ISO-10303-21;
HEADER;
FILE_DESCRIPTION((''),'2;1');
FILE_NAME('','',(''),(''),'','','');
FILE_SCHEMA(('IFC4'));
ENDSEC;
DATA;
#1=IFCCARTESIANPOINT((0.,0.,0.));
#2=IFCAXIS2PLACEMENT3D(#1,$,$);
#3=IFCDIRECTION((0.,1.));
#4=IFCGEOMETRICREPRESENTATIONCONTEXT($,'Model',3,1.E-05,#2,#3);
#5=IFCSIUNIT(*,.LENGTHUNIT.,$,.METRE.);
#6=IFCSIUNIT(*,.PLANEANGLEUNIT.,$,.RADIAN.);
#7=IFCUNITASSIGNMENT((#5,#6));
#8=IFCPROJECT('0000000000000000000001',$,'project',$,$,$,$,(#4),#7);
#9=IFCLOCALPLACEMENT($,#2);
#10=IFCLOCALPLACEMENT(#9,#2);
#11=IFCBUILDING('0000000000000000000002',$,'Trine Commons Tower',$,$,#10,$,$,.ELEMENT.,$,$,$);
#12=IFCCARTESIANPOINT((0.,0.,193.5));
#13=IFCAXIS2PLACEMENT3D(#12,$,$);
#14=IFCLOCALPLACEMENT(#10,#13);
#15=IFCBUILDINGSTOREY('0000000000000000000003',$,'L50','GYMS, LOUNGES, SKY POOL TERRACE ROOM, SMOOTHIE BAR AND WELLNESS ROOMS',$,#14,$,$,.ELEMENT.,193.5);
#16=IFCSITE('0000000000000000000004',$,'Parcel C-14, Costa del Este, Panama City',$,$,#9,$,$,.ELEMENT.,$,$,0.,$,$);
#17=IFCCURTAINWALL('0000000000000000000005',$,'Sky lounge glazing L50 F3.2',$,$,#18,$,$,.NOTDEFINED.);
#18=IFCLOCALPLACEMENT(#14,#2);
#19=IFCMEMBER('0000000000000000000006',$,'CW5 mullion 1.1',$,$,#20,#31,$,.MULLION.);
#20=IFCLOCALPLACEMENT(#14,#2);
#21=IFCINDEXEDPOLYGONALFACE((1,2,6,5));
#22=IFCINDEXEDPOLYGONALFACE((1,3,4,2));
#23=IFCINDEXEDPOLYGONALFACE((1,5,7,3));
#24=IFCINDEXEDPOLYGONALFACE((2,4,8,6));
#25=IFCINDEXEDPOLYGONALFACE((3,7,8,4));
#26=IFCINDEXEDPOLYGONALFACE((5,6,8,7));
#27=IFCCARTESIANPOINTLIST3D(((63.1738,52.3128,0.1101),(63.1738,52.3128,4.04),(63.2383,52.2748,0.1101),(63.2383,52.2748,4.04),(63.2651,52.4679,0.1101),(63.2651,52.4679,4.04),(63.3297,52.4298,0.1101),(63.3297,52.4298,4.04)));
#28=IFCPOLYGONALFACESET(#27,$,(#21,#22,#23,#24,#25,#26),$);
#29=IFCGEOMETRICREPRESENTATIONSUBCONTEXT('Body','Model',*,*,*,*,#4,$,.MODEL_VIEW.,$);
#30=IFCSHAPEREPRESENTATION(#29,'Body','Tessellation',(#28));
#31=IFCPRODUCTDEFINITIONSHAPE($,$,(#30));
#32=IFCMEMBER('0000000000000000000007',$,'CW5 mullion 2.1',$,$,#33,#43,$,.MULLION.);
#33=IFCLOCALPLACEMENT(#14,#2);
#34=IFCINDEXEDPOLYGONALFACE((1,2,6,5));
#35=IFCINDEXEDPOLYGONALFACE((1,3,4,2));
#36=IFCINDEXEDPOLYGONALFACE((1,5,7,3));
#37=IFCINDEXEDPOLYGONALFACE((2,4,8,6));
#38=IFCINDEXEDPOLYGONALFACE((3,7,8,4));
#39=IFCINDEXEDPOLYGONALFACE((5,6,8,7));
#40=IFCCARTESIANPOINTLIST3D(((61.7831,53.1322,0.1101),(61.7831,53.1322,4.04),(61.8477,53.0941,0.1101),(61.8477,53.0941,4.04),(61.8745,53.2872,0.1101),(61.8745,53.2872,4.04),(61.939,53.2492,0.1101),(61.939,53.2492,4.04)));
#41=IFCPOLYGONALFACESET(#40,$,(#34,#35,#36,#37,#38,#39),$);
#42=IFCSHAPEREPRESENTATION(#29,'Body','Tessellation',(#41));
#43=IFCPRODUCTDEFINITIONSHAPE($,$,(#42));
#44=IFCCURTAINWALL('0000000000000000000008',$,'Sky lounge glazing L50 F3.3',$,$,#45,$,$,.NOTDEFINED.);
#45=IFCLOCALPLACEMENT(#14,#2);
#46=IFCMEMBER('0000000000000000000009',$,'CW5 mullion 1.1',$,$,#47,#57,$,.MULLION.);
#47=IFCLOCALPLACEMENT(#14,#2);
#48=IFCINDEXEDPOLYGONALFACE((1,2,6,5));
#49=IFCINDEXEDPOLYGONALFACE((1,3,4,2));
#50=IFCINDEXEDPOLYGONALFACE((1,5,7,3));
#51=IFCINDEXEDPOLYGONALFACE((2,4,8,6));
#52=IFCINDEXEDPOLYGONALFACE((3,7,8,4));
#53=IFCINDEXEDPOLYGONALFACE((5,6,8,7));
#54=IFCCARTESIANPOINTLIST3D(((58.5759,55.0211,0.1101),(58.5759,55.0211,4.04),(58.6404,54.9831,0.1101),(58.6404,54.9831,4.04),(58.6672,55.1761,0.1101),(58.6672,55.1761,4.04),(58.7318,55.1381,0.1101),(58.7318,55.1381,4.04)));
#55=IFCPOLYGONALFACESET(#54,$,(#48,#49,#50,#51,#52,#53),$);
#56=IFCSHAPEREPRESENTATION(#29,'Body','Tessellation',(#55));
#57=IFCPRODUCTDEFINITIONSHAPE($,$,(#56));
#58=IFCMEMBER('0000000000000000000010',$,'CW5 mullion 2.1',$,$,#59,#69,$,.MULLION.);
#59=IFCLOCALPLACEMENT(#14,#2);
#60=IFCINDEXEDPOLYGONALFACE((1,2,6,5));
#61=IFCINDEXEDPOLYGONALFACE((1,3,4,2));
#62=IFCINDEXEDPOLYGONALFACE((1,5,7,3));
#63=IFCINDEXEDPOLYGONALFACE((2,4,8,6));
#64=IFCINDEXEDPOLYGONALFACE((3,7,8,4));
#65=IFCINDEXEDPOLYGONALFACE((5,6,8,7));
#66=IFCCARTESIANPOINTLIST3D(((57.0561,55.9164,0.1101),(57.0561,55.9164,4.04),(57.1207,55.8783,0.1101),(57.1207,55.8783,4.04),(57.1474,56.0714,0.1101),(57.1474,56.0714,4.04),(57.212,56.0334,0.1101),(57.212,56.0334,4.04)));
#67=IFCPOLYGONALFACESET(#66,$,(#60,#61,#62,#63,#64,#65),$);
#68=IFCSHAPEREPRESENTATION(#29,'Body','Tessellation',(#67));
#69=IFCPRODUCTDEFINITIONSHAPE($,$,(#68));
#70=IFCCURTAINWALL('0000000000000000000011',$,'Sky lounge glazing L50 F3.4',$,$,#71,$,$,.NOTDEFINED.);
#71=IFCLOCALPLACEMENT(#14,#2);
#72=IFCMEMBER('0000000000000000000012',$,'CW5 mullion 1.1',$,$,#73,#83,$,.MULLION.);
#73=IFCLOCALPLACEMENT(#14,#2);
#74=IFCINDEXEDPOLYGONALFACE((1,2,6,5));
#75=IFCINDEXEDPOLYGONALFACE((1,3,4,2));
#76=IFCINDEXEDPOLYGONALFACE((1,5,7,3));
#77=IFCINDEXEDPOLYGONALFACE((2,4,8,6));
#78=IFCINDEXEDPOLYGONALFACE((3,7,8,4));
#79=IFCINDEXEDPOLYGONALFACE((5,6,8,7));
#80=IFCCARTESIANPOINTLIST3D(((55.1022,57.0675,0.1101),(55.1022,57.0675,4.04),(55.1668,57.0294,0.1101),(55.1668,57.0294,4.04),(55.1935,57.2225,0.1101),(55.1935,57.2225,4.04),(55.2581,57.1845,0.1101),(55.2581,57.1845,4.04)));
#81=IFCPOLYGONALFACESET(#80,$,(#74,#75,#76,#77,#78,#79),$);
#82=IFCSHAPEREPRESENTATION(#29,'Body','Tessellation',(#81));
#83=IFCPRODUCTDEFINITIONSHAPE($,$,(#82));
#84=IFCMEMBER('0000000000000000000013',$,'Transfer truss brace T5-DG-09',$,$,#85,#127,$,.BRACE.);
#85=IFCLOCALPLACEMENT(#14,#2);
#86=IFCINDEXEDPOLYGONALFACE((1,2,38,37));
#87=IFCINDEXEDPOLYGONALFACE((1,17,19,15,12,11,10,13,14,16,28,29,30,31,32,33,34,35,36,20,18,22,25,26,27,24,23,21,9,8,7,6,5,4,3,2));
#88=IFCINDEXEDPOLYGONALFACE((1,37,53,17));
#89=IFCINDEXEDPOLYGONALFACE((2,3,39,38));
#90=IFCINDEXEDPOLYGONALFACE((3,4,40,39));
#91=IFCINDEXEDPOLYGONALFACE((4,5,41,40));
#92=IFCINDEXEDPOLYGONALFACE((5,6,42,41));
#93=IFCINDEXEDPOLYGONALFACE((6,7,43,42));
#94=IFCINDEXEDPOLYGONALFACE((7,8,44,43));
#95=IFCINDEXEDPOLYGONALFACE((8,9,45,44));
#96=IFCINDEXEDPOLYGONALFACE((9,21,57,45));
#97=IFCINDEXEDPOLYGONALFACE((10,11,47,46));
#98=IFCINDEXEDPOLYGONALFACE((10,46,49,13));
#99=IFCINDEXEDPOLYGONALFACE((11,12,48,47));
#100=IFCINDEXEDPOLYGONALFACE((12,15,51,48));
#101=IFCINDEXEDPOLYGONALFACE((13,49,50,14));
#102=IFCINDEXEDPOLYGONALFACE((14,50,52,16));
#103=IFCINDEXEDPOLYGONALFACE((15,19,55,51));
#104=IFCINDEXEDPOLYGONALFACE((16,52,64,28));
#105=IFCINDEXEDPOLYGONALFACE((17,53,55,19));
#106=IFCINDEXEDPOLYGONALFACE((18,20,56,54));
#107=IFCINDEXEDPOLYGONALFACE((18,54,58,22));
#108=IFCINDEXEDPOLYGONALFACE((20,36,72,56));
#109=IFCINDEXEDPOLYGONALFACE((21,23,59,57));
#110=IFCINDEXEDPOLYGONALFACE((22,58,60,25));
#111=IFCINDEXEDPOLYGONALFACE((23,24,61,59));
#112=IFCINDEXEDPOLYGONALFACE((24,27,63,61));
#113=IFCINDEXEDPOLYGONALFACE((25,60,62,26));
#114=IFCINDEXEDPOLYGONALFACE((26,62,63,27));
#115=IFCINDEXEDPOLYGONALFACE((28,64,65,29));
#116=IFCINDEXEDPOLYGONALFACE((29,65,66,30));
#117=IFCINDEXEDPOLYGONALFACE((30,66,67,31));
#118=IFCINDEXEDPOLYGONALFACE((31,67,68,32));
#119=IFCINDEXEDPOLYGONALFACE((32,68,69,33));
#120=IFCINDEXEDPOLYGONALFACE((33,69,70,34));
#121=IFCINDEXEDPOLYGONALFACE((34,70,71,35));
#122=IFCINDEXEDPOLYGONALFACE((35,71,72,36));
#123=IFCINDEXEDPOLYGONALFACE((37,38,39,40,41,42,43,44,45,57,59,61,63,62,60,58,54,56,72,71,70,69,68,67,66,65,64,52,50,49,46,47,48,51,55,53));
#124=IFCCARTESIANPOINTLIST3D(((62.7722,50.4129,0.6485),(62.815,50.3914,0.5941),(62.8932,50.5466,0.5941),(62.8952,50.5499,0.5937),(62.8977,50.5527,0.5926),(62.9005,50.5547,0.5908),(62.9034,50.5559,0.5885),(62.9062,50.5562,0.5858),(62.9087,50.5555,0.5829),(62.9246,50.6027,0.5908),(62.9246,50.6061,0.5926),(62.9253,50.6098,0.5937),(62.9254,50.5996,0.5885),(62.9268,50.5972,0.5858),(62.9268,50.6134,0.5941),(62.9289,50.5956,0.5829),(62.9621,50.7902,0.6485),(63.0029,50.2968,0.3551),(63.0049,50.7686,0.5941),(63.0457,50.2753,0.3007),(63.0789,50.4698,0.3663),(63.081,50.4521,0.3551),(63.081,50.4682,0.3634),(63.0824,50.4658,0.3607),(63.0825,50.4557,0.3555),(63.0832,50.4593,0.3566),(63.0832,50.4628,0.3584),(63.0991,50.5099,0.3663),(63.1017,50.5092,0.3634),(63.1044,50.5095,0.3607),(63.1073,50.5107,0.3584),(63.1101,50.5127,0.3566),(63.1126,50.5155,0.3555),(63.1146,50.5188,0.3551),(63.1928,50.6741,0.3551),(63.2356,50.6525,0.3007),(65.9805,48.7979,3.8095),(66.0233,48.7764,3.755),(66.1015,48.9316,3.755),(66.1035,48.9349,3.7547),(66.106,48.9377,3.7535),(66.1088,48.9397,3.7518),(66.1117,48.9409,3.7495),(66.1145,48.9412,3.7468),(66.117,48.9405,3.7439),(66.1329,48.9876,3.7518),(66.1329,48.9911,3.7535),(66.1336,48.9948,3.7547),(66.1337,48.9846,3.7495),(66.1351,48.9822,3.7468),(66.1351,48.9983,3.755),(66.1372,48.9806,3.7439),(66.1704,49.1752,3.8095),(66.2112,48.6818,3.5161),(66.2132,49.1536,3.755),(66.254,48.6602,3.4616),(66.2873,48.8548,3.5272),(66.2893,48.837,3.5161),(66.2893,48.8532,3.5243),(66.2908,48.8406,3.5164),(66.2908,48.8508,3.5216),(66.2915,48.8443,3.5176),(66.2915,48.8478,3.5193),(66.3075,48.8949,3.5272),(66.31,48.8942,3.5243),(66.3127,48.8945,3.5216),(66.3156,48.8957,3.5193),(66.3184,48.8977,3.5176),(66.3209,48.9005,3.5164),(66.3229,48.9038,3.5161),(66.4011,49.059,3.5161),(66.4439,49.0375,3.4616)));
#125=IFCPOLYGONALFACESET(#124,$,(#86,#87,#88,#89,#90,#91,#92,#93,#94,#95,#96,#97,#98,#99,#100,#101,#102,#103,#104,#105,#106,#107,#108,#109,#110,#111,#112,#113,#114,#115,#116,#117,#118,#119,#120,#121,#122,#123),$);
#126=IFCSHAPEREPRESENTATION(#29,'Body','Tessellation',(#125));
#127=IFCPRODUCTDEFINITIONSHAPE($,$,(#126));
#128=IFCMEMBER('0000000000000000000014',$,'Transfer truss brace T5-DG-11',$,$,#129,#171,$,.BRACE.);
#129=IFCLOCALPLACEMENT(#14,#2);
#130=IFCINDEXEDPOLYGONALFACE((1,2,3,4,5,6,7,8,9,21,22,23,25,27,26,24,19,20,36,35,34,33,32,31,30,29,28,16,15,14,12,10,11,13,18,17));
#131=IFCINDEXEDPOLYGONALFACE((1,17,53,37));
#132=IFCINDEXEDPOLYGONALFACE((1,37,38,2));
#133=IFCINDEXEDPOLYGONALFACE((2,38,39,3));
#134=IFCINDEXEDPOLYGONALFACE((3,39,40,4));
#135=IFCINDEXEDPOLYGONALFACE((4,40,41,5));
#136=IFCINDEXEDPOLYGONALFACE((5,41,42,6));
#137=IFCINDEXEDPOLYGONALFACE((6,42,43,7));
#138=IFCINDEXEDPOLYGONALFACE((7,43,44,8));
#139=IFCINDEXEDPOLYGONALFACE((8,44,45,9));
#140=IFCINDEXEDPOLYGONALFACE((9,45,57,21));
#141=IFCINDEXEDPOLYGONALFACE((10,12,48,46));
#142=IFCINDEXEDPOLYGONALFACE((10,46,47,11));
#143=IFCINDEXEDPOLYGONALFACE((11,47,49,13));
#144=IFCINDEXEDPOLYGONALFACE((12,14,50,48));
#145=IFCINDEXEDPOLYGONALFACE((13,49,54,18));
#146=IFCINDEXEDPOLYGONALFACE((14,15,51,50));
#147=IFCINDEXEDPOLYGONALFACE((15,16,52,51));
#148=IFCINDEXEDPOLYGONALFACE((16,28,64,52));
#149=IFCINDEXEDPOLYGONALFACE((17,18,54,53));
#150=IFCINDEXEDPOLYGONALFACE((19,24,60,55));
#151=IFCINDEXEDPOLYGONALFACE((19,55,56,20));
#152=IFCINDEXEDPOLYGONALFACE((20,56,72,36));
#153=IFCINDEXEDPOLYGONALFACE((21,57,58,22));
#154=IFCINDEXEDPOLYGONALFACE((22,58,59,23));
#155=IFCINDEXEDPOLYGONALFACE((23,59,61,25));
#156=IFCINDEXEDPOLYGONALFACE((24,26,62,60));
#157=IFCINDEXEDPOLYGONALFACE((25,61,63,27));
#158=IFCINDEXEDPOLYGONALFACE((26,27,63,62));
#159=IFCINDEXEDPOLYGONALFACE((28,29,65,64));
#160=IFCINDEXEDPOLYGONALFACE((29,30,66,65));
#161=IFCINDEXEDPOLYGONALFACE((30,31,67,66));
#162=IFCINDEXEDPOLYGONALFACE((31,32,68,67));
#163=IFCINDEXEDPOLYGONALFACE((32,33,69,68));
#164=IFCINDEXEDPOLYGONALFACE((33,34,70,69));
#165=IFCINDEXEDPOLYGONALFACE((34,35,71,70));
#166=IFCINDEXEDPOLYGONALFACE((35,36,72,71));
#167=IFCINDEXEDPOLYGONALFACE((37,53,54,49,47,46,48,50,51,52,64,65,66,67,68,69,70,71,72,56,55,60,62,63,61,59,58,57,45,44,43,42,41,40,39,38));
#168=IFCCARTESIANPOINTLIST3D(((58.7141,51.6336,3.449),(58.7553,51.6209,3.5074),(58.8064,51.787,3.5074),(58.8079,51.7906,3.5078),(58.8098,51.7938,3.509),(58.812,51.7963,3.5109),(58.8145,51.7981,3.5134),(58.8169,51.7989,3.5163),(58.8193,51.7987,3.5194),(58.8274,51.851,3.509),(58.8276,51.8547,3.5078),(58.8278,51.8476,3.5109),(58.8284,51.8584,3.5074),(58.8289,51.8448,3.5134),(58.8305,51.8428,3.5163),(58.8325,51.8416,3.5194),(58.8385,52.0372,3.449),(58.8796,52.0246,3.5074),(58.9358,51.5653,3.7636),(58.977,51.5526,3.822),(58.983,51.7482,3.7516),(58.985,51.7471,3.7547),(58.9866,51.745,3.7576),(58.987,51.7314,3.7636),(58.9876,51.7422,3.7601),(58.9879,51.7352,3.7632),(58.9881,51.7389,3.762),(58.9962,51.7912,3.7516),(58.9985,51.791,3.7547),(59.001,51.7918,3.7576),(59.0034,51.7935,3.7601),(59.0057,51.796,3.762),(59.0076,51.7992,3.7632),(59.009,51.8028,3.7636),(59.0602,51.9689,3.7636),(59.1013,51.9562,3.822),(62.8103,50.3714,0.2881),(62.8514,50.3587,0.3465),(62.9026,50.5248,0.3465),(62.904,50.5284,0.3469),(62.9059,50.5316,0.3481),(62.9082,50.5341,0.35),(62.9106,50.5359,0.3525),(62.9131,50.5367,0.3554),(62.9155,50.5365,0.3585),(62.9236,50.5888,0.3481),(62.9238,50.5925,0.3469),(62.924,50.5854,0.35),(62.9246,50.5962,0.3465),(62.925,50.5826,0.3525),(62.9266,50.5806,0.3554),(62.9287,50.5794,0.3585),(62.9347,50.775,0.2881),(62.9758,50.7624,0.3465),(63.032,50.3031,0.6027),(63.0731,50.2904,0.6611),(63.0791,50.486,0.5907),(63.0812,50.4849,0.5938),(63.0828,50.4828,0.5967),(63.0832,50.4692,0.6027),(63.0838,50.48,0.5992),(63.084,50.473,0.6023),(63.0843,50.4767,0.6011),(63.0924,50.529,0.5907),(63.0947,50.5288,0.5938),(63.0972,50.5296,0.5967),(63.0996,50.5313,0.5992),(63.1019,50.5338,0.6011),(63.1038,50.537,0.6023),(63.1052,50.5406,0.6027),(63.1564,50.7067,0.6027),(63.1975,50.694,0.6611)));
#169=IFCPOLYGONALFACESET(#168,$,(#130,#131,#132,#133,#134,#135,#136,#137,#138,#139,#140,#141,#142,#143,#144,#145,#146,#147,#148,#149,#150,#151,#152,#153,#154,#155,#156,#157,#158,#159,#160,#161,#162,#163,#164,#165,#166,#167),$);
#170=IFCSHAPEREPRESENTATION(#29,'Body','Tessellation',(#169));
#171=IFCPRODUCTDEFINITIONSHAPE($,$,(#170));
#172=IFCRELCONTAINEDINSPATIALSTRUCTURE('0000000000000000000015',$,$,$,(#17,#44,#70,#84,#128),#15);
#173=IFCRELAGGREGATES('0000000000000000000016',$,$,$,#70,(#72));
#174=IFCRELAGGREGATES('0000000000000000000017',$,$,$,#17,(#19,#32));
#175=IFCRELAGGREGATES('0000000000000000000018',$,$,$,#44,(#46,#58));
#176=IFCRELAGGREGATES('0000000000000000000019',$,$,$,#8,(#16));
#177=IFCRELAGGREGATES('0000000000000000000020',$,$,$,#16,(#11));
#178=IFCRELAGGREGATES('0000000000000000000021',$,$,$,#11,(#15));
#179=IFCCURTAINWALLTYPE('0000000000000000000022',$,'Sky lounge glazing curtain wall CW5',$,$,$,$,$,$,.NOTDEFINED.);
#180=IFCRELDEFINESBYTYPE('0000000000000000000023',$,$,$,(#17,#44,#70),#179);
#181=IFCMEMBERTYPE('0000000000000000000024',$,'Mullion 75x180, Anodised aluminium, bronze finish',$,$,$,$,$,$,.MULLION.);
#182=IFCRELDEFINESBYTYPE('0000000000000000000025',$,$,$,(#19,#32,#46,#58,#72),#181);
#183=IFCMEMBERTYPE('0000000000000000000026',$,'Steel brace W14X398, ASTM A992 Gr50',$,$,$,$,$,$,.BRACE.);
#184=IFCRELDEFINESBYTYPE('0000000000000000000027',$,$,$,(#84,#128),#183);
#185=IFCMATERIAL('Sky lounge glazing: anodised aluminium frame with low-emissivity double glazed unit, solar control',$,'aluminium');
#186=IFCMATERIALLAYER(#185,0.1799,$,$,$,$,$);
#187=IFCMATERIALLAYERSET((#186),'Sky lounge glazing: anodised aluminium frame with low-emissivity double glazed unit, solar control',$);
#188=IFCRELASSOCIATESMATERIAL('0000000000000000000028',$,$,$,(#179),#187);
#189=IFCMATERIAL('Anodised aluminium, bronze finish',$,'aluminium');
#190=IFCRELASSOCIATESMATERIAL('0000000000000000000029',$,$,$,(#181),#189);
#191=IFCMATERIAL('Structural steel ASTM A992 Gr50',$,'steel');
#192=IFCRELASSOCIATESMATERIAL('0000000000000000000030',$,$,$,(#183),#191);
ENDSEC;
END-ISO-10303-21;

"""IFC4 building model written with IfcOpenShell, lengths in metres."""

from ifc_helpers import new_model, si_unit, direction, frame, origin, origin_2d, place, context, subcontext, project, spatial, rectangle, i_section, extrude, material, layer, layer_set, material_profile, profile_set, type_object, element, aggregate, save


model = new_model("IFC4")

# Units and contexts
model_context = context("Model", 3, precision=1e-05, world=origin(), true_north=direction((0.0, 1.0)))
body_context = subcontext(model_context, "Body", "Model", "MODEL_VIEW")
ifc_project = project(units=[si_unit("LENGTHUNIT", "METRE"), si_unit("PLANEANGLEUNIT", "RADIAN")], contexts=[model_context])

# Site, building, storey
site_placement = place(None, origin())
site = spatial("IfcSite", under=ifc_project, at=site_placement, Name="Parcel C-14, Costa del Este, Panama City", CompositionType="ELEMENT", RefElevation=0.0)
building_placement = place(site_placement, origin())
building = spatial("IfcBuilding", under=site, at=building_placement, Name="Trine Commons Tower", CompositionType="ELEMENT")
storey_placement = place(building_placement, frame((0.0, 0.0, 193.5)))
storey = spatial("IfcBuildingStorey", under=building, at=storey_placement, Name="L50", Description="GYMS, LOUNGES, SKY POOL TERRACE ROOM, SMOOTHIE BAR AND WELLNESS ROOMS", CompositionType="ELEMENT", Elevation=193.5)

# Curtain walls, members
ifc_material_1 = material(Name="Sky lounge glazing: anodised aluminium frame with low-emissivity double glazed unit, solar control", Category="aluminium")
ifc_layer_1 = layer(ifc_material_1, 0.1799)
ifc_layer_set_1 = layer_set([ifc_layer_1], Name="Sky lounge glazing: anodised aluminium frame with low-emissivity double glazed unit, solar control")
curtain_wall_type = type_object("IfcCurtainWallType", Name="Sky lounge glazing curtain wall CW5", PredefinedType="NOTDEFINED", material=ifc_layer_set_1)
curtain_wall_1_placement = place(storey_placement, origin())
curtain_wall_1 = element("IfcCurtainWall", 1, at=curtain_wall_1_placement, inside=storey, type_object=curtain_wall_type, Name="Sky lounge glazing L50 F3.2", PredefinedType="NOTDEFINED")
ifc_material_2 = material(Name="Anodised aluminium, bronze finish", Category="aluminium")
ifc_material_profile_1 = material_profile(ifc_material_2, rectangle(XDim=0.1799, YDim=0.075, at=origin_2d()), Name="Mullion 75x180")
ifc_profile_set_1 = profile_set([ifc_material_profile_1], Name="Anodised aluminium, bronze finish")
member_type_1 = type_object("IfcMemberType", Name="Mullion 75x180, Anodised aluminium, bronze finish", PredefinedType="MULLION", material=ifc_profile_set_1)
member_1_placement = place(storey_placement, frame((63.2517, 52.3713, 0.1101), z_axis=(0.0, 0.0, 1.0), x_axis=(-0.507538, -0.861629, 0.0)))
member_1 = element("IfcMember", 2, at=member_1_placement, type_object=member_type_1, Name="CW5 mullion 1.1", PredefinedType="MULLION", context=body_context, shape_type="SweptSolid", body=[
    extrude(rectangle(XDim=0.1799, YDim=0.075, at=origin_2d()), origin(), (0.0, 0.0, 1.0), 3.9299),
])
member_2_placement = place(storey_placement, frame((61.8611, 53.1907, 0.1101), z_axis=(0.0, 0.0, 1.0), x_axis=(-0.507538, -0.861629, 0.0)))
member_2 = element("IfcMember", 3, at=member_2_placement, type_object=member_type_1, Name="CW5 mullion 2.1", PredefinedType="MULLION", context=body_context, shape_type="SweptSolid", body=[
    extrude(rectangle(XDim=0.1799, YDim=0.075, at=origin_2d()), origin(), (0.0, 0.0, 1.0), 3.9299),
])
curtain_wall_2_placement = place(storey_placement, origin())
curtain_wall_2 = element("IfcCurtainWall", 4, at=curtain_wall_2_placement, inside=storey, type_object=curtain_wall_type, Name="Sky lounge glazing L50 F3.3", PredefinedType="NOTDEFINED")
member_3_placement = place(storey_placement, frame((58.6538, 55.0796, 0.1101), z_axis=(0.0, 0.0, 1.0), x_axis=(-0.507538, -0.861629, 0.0)))
member_3 = element("IfcMember", 5, at=member_3_placement, type_object=member_type_1, Name="CW5 mullion 1.1", PredefinedType="MULLION", context=body_context, shape_type="SweptSolid", body=[
    extrude(rectangle(XDim=0.1799, YDim=0.075, at=origin_2d()), origin(), (0.0, 0.0, 1.0), 3.9299),
])
member_4_placement = place(storey_placement, frame((57.134, 55.9749, 0.1101), z_axis=(0.0, 0.0, 1.0), x_axis=(-0.507538, -0.861629, 0.0)))
member_4 = element("IfcMember", 6, at=member_4_placement, type_object=member_type_1, Name="CW5 mullion 2.1", PredefinedType="MULLION", context=body_context, shape_type="SweptSolid", body=[
    extrude(rectangle(XDim=0.1799, YDim=0.075, at=origin_2d()), origin(), (0.0, 0.0, 1.0), 3.9299),
])

# Curtain wall, member
curtain_wall_3_placement = place(storey_placement, origin())
curtain_wall_3 = element("IfcCurtainWall", 7, at=curtain_wall_3_placement, inside=storey, type_object=curtain_wall_type, Name="Sky lounge glazing L50 F3.4", PredefinedType="NOTDEFINED")
member_5_placement = place(storey_placement, frame((55.1802, 57.126, 0.1101), z_axis=(0.0, 0.0, 1.0), x_axis=(-0.507538, -0.861629, 0.0)))
member_5 = element("IfcMember", 8, at=member_5_placement, type_object=member_type_1, Name="CW5 mullion 1.1", PredefinedType="MULLION", context=body_context, shape_type="SweptSolid", body=[
    extrude(rectangle(XDim=0.1799, YDim=0.075, at=origin_2d()), origin(), (0.0, 0.0, 1.0), 3.9299),
])

# Members
ifc_material_3 = material(Name="Structural steel ASTM A992 Gr50", Category="steel")
ifc_material_profile_2 = material_profile(ifc_material_3, i_section(OverallWidth=0.4224, OverallDepth=0.4634, WebThickness=0.0449, FlangeThickness=0.0725, FilletRadius=0.0149, at=origin_2d()), Name="W14X398")
ifc_profile_set_2 = profile_set([ifc_material_profile_2], Name="Structural steel ASTM A992 Gr50")
member_type_2 = type_object("IfcMemberType", Name="Steel brace W14X398, ASTM A992 Gr50", PredefinedType="BRACE", material=ifc_profile_set_2)
member_6_placement = place(storey_placement, frame((63.0039, 50.5327, 0.4746), z_axis=(0.670539, -0.33754, 0.66064), x_axis=(0.449632, 0.893214, 0.0)))
element("IfcMember", 9, at=member_6_placement, inside=storey, type_object=member_type_2, Name="Transfer truss brace T5-DG-09", PredefinedType="BRACE", context=body_context, shape_type="SweptSolid", body=[
    extrude(i_section(OverallWidth=0.4224, OverallDepth=0.4634, WebThickness=0.0449, FlangeThickness=0.0725, FilletRadius=0.0149, at=origin_2d()), origin(), (0.0, 0.0, 1.0), 4.7847),
])
member_7_placement = place(storey_placement, frame((63.0039, 50.5327, 0.4746), z_axis=(-0.769136, 0.237003, 0.593515), x_axis=(-0.294478, -0.955658, 0.0)))
element("IfcMember", 10, at=member_7_placement, inside=storey, type_object=member_type_2, Name="Transfer truss brace T5-DG-11", PredefinedType="BRACE", context=body_context, shape_type="SweptSolid", body=[
    extrude(i_section(OverallWidth=0.4224, OverallDepth=0.4634, WebThickness=0.0449, FlangeThickness=0.0725, FilletRadius=0.0149, at=origin_2d()), origin(), (0.0, 0.0, 1.0), 5.3257),
])

aggregate(curtain_wall_3, [member_5])

aggregate(curtain_wall_1, [member_1, member_2])
aggregate(curtain_wall_2, [member_3, member_4])

save(model, "model.ifc")
